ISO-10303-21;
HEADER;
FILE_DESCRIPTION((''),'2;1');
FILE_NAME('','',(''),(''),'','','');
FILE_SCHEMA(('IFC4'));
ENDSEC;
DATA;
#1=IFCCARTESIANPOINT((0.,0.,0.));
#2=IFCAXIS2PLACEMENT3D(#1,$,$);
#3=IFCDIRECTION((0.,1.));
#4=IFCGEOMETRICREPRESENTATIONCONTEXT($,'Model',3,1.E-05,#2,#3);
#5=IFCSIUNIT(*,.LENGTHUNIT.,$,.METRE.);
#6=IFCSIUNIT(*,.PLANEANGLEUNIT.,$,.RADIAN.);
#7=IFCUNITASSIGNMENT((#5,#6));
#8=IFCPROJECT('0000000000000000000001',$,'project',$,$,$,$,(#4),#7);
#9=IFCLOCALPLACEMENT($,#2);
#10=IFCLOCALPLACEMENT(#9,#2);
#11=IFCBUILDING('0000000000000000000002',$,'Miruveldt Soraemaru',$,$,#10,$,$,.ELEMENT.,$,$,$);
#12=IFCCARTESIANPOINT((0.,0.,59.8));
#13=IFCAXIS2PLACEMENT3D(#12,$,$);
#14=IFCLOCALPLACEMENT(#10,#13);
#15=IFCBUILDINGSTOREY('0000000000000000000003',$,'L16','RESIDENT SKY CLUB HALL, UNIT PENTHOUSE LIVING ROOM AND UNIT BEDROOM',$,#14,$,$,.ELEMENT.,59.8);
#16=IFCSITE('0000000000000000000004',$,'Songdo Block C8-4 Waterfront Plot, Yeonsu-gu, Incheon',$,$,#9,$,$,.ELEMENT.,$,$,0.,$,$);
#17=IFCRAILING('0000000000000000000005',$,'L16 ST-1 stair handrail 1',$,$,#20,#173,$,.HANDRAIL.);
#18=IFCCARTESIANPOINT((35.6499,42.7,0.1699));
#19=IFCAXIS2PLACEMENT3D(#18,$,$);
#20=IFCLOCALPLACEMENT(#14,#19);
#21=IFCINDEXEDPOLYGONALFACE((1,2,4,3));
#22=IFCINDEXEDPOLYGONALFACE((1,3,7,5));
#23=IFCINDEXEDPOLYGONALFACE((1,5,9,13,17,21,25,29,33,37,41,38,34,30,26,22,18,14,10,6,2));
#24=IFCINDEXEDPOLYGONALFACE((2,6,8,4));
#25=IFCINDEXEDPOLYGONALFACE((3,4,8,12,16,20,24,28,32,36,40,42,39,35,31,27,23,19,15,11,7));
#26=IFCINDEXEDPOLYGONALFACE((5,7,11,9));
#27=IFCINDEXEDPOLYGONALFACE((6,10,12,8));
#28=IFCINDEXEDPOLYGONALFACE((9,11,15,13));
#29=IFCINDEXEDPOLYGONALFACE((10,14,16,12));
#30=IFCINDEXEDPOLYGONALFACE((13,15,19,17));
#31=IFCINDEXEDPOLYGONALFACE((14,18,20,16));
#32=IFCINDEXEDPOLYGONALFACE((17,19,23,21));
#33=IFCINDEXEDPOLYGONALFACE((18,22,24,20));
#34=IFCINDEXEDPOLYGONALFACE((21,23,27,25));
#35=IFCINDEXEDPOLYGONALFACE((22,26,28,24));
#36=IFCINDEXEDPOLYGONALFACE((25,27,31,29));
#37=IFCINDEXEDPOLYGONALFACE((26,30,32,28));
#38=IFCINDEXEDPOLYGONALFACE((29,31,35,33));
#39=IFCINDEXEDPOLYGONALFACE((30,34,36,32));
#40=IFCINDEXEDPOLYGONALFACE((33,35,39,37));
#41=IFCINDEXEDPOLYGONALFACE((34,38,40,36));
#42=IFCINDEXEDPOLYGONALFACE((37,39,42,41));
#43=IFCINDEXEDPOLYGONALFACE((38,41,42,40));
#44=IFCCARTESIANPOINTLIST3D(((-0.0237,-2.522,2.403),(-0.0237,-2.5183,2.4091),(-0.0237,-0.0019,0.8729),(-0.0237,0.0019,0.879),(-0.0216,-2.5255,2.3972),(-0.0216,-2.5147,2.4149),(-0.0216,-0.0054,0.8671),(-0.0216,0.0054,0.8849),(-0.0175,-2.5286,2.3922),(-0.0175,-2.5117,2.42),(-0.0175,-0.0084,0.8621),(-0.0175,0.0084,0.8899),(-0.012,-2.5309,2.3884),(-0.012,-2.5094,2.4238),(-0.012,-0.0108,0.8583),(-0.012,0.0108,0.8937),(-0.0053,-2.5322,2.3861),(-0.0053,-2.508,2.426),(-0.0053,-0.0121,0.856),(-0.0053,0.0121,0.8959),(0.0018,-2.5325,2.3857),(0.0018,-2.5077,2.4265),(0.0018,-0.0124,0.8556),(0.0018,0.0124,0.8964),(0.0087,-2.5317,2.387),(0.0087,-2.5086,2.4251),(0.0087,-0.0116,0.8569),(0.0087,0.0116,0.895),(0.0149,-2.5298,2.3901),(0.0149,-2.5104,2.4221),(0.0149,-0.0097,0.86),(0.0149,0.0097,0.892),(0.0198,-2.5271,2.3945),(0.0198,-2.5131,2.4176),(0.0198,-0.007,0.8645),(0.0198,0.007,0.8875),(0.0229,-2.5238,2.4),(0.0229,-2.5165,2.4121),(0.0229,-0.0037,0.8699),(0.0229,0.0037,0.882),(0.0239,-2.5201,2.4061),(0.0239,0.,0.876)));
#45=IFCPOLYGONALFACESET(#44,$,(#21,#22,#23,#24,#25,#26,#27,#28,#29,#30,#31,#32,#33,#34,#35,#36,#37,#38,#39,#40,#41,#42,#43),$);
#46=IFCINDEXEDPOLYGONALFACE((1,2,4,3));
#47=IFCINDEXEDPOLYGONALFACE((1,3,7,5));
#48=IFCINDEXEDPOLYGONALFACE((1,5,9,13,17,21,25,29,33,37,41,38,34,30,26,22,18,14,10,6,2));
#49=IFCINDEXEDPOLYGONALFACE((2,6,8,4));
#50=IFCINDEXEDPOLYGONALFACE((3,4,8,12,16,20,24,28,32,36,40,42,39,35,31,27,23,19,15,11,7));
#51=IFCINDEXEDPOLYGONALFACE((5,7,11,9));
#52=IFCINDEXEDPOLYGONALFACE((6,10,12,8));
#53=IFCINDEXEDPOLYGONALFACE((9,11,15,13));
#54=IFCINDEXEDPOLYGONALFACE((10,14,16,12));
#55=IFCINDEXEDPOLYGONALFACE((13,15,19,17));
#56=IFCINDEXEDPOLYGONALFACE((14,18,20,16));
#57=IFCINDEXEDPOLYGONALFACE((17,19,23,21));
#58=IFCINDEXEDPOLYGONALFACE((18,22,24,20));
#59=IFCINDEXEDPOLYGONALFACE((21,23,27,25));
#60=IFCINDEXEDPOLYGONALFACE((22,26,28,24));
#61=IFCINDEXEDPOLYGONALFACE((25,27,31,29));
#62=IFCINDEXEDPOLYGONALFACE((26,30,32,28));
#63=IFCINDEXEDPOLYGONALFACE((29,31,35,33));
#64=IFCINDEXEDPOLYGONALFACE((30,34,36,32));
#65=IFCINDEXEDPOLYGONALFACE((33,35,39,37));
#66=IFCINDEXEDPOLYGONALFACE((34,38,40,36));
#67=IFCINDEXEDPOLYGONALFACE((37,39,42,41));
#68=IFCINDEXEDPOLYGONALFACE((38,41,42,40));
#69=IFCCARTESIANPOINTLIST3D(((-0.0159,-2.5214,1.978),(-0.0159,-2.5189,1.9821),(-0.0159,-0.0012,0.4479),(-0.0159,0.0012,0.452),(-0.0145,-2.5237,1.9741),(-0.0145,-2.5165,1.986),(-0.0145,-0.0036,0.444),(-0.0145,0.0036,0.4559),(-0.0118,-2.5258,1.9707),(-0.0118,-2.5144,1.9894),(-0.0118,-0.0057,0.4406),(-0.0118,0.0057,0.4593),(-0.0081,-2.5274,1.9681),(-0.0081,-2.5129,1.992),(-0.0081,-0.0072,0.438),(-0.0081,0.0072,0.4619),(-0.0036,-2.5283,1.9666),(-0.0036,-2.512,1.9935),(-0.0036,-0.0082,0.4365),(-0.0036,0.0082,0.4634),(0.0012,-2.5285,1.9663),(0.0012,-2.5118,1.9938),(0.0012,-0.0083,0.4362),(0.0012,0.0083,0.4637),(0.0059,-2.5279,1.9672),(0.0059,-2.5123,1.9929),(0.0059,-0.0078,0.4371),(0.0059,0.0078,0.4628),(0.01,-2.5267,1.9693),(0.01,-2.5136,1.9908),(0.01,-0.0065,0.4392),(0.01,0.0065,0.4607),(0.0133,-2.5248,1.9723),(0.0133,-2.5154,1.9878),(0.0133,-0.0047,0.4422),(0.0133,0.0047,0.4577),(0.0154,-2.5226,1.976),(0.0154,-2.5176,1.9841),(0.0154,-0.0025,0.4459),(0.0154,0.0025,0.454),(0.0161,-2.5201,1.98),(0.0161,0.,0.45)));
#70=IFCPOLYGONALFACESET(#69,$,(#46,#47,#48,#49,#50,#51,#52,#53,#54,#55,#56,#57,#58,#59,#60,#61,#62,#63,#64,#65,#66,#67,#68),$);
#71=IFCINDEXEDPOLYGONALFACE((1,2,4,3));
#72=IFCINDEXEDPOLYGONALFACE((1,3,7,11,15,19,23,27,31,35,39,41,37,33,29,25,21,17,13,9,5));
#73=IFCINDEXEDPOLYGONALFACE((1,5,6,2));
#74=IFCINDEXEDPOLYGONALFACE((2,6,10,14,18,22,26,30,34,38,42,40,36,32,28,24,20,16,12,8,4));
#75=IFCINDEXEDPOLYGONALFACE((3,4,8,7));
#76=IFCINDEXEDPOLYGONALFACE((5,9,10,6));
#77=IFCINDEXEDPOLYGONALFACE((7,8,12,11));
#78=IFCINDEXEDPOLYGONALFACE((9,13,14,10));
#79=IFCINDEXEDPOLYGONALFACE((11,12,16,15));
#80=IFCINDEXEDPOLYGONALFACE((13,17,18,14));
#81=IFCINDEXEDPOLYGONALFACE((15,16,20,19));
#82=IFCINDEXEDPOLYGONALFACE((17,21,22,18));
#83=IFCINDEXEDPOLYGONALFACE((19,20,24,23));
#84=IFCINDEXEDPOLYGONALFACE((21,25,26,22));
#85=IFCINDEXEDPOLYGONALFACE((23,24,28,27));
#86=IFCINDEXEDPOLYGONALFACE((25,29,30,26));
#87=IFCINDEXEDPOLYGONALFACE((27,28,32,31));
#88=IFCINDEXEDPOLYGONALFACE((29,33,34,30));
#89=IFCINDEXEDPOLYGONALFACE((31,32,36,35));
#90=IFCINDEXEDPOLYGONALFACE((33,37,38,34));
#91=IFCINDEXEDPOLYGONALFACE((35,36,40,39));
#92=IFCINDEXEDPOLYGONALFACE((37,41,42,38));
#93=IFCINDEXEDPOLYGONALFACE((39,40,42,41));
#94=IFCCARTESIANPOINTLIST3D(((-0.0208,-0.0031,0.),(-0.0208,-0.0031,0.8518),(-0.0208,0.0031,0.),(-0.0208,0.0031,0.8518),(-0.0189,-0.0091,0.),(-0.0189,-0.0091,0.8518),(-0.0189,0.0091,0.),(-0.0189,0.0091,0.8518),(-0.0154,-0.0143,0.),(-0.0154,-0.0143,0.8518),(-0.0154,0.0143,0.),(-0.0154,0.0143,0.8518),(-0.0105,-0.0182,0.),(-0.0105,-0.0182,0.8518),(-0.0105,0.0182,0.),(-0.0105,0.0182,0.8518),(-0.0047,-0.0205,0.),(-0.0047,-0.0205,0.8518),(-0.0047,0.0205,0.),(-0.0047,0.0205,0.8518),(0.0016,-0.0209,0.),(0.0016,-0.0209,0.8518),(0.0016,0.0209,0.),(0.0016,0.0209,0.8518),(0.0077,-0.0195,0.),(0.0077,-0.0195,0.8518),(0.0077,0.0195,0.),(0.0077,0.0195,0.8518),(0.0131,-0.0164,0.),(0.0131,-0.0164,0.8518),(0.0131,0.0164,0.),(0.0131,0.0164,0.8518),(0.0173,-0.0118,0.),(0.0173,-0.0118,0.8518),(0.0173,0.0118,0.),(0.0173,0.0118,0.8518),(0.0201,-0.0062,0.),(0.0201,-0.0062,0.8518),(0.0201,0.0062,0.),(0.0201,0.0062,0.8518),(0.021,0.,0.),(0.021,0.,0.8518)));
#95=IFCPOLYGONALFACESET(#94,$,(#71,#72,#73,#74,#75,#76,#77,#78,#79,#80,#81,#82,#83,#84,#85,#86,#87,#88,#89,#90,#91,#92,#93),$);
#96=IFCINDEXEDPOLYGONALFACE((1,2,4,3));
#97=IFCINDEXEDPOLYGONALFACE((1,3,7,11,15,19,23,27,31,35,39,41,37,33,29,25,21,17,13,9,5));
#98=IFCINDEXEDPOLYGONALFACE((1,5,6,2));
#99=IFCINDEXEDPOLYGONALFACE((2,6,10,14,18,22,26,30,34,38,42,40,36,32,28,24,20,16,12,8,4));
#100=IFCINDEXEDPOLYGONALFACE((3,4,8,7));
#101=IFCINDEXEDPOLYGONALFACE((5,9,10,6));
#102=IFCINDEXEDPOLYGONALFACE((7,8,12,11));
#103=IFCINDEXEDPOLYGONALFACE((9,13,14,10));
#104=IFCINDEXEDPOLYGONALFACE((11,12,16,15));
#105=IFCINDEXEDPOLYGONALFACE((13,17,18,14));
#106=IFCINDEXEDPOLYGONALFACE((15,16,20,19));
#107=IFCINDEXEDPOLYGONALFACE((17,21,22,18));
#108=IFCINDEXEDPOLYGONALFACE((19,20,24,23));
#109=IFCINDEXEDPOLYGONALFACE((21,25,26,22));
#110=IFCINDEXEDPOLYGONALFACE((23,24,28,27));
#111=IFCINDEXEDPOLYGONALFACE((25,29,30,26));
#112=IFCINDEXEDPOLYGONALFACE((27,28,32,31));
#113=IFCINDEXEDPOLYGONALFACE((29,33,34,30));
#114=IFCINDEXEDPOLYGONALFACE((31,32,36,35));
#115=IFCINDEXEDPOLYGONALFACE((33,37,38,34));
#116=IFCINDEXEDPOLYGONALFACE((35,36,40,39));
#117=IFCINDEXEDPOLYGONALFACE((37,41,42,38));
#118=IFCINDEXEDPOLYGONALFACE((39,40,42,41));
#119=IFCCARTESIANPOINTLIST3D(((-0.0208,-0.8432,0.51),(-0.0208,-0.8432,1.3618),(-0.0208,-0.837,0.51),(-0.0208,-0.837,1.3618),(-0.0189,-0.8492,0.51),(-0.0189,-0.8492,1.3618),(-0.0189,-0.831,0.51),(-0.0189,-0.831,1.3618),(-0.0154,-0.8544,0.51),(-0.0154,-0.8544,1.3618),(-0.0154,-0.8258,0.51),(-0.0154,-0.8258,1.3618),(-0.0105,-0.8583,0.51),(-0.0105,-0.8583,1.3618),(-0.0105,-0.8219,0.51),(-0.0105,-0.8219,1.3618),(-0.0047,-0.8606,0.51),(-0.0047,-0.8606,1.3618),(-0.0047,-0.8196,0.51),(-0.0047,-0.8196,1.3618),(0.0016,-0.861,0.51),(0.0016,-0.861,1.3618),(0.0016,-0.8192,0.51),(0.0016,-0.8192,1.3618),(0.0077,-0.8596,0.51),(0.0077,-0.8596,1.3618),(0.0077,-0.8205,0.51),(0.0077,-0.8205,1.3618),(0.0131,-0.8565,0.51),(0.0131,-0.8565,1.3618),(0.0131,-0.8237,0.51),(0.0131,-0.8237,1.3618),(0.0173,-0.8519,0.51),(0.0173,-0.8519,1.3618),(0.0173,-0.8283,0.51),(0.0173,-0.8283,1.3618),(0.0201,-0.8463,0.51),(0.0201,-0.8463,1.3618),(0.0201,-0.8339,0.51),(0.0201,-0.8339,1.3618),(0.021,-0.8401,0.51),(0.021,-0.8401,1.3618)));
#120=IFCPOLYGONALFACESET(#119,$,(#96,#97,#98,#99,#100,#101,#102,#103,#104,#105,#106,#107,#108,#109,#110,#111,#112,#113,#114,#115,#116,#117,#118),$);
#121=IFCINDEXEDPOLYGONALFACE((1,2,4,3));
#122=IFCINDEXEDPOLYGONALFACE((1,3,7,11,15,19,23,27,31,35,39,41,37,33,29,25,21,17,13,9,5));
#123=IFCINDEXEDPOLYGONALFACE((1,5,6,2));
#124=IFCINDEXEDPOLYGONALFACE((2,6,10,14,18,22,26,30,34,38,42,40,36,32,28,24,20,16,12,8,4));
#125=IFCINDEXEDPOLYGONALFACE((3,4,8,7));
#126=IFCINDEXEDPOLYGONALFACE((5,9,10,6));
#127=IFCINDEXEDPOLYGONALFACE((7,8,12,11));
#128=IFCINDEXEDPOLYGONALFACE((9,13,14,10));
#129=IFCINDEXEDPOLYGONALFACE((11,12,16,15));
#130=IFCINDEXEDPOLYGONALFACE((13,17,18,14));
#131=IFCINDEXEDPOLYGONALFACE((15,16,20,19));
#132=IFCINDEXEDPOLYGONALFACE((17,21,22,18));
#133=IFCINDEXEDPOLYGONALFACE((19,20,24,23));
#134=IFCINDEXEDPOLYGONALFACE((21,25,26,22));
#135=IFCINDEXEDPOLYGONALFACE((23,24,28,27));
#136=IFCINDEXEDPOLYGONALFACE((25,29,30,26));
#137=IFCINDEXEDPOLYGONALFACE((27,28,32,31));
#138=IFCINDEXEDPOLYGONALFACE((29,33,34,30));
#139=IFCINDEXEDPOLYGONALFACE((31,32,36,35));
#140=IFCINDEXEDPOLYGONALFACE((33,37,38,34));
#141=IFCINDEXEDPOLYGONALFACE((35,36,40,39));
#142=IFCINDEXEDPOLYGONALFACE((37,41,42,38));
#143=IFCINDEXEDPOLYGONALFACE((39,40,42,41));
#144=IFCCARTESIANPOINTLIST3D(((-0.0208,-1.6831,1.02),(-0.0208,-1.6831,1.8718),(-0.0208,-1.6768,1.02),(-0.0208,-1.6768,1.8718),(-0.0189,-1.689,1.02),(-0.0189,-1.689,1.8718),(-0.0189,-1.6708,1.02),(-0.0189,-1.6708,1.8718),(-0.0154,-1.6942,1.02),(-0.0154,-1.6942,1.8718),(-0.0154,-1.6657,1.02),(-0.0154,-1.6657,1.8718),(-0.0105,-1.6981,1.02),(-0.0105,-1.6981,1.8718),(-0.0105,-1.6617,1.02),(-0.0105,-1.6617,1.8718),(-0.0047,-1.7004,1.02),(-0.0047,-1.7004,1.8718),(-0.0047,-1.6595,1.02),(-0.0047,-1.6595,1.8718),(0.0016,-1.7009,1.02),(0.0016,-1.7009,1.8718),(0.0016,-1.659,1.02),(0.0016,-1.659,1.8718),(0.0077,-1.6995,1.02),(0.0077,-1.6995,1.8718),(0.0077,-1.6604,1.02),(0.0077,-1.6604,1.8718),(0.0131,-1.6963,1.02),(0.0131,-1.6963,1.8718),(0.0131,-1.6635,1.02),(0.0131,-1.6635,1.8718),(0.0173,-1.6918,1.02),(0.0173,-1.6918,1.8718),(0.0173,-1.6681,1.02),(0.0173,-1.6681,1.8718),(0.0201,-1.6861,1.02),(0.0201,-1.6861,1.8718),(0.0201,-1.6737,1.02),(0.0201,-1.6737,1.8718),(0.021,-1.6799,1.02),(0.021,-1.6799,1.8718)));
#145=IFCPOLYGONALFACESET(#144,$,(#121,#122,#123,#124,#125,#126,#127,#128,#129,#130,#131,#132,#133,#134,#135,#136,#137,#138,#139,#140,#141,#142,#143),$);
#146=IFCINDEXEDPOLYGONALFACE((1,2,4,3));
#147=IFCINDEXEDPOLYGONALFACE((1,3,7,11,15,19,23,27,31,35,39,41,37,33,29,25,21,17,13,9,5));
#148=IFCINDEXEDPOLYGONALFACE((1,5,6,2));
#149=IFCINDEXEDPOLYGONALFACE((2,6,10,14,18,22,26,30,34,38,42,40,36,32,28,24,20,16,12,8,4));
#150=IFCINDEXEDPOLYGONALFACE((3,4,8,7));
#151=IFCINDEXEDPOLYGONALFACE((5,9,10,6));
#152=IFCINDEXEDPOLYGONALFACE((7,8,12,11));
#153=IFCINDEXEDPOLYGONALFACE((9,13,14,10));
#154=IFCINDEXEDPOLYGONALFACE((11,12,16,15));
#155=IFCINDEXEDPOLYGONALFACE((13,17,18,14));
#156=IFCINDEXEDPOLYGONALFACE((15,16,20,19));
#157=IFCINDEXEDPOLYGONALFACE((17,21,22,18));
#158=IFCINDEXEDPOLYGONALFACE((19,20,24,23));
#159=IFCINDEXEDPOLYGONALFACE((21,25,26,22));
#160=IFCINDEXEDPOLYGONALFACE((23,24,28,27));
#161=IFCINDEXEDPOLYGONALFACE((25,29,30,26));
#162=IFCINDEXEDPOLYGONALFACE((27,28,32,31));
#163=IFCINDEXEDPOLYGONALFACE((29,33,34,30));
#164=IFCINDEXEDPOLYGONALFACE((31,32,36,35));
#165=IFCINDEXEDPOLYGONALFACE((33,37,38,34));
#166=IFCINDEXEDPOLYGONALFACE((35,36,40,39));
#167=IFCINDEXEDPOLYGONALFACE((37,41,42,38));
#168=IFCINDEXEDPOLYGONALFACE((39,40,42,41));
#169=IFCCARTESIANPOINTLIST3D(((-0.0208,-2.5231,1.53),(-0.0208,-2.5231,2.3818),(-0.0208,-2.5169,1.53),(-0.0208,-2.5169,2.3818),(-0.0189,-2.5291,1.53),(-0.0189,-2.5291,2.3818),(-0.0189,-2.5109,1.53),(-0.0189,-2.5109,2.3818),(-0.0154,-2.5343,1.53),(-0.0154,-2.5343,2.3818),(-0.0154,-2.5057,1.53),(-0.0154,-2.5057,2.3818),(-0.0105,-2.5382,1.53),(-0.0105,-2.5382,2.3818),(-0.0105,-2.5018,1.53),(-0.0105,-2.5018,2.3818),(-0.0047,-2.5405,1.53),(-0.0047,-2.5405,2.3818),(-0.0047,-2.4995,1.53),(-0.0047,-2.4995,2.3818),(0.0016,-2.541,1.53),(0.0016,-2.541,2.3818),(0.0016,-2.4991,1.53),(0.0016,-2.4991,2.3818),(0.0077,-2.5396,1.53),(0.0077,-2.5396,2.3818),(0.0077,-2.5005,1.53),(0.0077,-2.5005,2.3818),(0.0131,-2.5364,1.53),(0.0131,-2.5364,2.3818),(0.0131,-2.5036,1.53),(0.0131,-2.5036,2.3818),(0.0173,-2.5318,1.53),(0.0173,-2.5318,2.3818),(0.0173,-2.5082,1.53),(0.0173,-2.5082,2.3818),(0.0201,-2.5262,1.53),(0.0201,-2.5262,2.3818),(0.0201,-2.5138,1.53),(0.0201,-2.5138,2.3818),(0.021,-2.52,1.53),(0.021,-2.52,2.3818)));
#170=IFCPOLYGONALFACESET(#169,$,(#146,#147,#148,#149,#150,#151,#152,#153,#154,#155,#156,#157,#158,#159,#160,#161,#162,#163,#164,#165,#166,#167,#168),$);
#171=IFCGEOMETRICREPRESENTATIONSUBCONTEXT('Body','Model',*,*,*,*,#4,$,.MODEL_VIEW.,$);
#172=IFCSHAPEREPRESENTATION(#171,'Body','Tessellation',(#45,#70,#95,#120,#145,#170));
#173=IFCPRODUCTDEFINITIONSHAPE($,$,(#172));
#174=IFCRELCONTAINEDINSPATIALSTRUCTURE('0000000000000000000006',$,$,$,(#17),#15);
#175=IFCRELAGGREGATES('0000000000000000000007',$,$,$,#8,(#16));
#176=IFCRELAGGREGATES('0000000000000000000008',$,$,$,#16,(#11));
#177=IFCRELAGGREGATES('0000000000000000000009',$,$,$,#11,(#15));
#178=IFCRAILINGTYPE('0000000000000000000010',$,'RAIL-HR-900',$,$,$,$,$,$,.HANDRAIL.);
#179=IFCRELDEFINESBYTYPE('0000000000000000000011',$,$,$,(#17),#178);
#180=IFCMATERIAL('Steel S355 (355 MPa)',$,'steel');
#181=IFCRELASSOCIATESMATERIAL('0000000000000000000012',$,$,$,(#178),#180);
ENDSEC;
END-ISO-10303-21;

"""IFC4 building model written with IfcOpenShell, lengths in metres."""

from ifc_helpers import new_model, si_unit, direction, frame, origin, origin_2d, place, context, subcontext, project, spatial, circle, extrude, material, type_object, element, save


model = new_model("IFC4")

# Units and contexts
model_context = context("Model", 3, precision=1e-05, world=origin(), true_north=direction((0.0, 1.0)))
body_context = subcontext(model_context, "Body", "Model", "MODEL_VIEW")
ifc_project = project(units=[si_unit("LENGTHUNIT", "METRE"), si_unit("PLANEANGLEUNIT", "RADIAN")], contexts=[model_context])

# Site, building, storey
site_placement = place(None, origin())
site = spatial("IfcSite", under=ifc_project, at=site_placement, Name="Songdo Block C8-4 Waterfront Plot, Yeonsu-gu, Incheon", CompositionType="ELEMENT", RefElevation=0.0)
building_placement = place(site_placement, origin())
building = spatial("IfcBuilding", under=site, at=building_placement, Name="Miruveldt Soraemaru", CompositionType="ELEMENT")
storey_placement = place(building_placement, frame((0.0, 0.0, 59.8)))
storey = spatial("IfcBuildingStorey", under=building, at=storey_placement, Name="L16", Description="RESIDENT SKY CLUB HALL, UNIT PENTHOUSE LIVING ROOM AND UNIT BEDROOM", CompositionType="ELEMENT", Elevation=59.8)

# Railing
ifc_material_1 = material(Name="Steel S355 (355 MPa)", Category="steel")
railing_type_1 = type_object("IfcRailingType", Name="RAIL-HR-900", PredefinedType="HANDRAIL", material=ifc_material_1)
railing_1_placement = place(storey_placement, frame((35.6499, 42.7, 0.1699)))
element("IfcRailing", 1, at=railing_1_placement, inside=storey, type_object=railing_type_1, Name="L16 ST-1 stair handrail 1", PredefinedType="HANDRAIL", context=body_context, shape_type="SweptSolid", body=[
    extrude(circle(Radius=0.0239, at=origin_2d()), frame((0.0, 0.0, 0.876), z_axis=(0.0, -0.854785, 0.518982), x_axis=(1.0, 0.0, 0.0)), (0.0, 0.0, 1.0), 2.9482),
    extrude(circle(Radius=0.0161, at=origin_2d()), frame((0.0, 0.0, 0.45), z_axis=(0.0, -0.854785, 0.518982), x_axis=(1.0, 0.0, 0.0)), (0.0, 0.0, 1.0), 2.9482),
    extrude(circle(Radius=0.021, at=origin_2d()), origin(), (0.0, 0.0, 1.0), 0.8518),
    extrude(circle(Radius=0.021, at=origin_2d()), frame((0.0, -0.8401, 0.51)), (0.0, 0.0, 1.0), 0.8518),
    extrude(circle(Radius=0.021, at=origin_2d()), frame((0.0, -1.6799, 1.02)), (0.0, 0.0, 1.0), 0.8518),
    extrude(circle(Radius=0.021, at=origin_2d()), frame((0.0, -2.52, 1.53)), (0.0, 0.0, 1.0), 0.8518),
])

save(model, "model.ifc")
